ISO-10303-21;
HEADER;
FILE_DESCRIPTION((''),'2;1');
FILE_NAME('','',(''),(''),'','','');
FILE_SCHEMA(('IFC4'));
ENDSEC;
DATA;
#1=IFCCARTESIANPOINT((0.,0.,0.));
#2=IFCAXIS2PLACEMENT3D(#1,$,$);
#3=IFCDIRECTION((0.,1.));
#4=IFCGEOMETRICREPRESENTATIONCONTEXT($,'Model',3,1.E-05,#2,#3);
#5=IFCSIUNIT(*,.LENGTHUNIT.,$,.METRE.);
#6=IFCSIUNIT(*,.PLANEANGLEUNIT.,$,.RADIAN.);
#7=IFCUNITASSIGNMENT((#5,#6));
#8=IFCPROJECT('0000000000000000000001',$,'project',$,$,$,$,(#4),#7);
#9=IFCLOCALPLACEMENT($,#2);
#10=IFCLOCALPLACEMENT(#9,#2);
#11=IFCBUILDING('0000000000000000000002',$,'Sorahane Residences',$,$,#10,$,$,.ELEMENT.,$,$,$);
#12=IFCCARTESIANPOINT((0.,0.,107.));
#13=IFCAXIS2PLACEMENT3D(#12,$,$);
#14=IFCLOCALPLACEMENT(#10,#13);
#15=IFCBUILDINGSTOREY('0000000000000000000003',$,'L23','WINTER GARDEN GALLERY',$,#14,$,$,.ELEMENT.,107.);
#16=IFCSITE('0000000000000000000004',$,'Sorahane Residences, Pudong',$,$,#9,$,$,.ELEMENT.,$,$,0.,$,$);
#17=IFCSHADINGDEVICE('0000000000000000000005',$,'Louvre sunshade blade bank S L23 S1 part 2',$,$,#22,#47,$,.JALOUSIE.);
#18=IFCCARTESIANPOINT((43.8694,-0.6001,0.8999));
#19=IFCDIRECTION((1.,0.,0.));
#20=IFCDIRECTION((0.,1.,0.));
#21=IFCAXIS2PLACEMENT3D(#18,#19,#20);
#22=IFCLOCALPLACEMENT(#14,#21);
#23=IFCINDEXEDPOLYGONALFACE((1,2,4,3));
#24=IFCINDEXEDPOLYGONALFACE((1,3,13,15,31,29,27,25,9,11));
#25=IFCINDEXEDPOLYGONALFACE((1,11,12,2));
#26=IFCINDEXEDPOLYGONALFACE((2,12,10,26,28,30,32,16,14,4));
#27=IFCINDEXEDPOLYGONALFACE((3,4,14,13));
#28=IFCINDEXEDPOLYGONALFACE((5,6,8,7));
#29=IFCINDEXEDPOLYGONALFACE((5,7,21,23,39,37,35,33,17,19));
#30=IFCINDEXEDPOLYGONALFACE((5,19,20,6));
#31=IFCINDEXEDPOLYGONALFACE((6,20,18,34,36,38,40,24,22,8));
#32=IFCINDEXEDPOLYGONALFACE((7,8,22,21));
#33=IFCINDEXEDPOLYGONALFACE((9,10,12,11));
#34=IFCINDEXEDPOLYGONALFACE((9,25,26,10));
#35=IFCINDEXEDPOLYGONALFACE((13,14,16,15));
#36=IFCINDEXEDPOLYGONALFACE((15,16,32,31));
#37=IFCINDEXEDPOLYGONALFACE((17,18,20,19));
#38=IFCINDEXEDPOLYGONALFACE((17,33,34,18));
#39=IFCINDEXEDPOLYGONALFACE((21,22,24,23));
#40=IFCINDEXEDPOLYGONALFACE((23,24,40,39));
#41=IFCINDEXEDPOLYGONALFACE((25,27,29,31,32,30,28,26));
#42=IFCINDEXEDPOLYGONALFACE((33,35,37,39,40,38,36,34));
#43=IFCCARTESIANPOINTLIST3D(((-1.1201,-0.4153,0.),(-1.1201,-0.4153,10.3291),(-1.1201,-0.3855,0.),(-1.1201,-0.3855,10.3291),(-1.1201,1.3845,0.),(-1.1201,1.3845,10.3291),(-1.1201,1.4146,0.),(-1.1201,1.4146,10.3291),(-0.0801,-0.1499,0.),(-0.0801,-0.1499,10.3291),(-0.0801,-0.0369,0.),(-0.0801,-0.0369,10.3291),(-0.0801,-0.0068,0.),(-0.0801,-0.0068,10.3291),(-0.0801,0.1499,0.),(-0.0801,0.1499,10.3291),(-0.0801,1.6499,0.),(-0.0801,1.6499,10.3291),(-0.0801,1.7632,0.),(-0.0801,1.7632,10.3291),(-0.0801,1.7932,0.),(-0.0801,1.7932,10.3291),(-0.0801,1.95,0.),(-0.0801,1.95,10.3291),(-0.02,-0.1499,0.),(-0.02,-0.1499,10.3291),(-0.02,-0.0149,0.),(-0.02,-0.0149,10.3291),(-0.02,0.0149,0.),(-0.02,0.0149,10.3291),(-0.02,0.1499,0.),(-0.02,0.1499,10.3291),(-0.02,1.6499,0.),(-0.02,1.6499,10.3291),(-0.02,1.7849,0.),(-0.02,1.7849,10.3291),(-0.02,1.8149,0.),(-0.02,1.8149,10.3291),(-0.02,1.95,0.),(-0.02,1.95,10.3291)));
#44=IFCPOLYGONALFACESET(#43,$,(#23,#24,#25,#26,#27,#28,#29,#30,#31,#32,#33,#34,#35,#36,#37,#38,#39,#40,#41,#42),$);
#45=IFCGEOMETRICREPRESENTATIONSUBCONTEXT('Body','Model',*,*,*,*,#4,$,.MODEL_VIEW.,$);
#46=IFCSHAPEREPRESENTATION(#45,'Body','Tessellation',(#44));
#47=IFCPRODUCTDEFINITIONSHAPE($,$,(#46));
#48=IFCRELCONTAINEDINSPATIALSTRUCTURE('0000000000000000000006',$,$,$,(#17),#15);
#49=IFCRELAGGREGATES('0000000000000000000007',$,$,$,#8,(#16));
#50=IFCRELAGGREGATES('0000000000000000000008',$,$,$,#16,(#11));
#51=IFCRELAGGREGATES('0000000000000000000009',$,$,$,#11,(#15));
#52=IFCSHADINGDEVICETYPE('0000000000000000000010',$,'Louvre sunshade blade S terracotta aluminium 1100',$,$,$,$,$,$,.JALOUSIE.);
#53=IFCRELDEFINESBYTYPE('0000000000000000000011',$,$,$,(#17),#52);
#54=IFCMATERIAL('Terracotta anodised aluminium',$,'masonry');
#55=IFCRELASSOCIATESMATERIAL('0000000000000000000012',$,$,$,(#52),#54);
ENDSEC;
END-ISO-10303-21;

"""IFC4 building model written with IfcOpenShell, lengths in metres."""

from ifc_helpers import new_model, si_unit, direction, frame, origin, place, context, subcontext, project, spatial, polyline, outline, composite_profile, extrude, material, type_object, element, save


model = new_model("IFC4")

# Units and contexts
model_context = context("Model", 3, precision=1e-05, world=origin(), true_north=direction((0.0, 1.0)))
body_context = subcontext(model_context, "Body", "Model", "MODEL_VIEW")
ifc_project = project(units=[si_unit("LENGTHUNIT", "METRE"), si_unit("PLANEANGLEUNIT", "RADIAN")], contexts=[model_context])

# Site, building, storey
site_placement = place(None, origin())
site = spatial("IfcSite", under=ifc_project, at=site_placement, Name="Sorahane Residences, Pudong", CompositionType="ELEMENT", RefElevation=0.0)
building_placement = place(site_placement, origin())
building = spatial("IfcBuilding", under=site, at=building_placement, Name="Sorahane Residences", CompositionType="ELEMENT")
storey_placement = place(building_placement, frame((0.0, 0.0, 107.0)))
storey = spatial("IfcBuildingStorey", under=building, at=storey_placement, Name="L23", Description="WINTER GARDEN GALLERY", CompositionType="ELEMENT", Elevation=107.0)

# Shading device
ifc_material_1 = material(Name="Terracotta anodised aluminium", Category="masonry")
shading_device_type = type_object("IfcShadingDeviceType", Name="Louvre sunshade blade S terracotta aluminium 1100", PredefinedType="JALOUSIE", material=ifc_material_1)
shading_device_placement = place(storey_placement, frame((43.8694, -0.6001, 0.8999), z_axis=(1.0, 0.0, 0.0), x_axis=(0.0, 1.0, 0.0)))
element("IfcShadingDevice", 1, at=shading_device_placement, inside=storey, type_object=shading_device_type, Name="Louvre sunshade blade bank S L23 S1 part 2", PredefinedType="JALOUSIE", context=body_context, shape_type="SweptSolid", body=[
    extrude(composite_profile([outline(polyline([(-1.1201, -0.3855), (-1.1201, -0.4153), (-0.0801, -0.0369), (-0.0801, -0.1499), (-0.02, -0.1499), (-0.02, -0.0149), (-0.02, 0.0149), (-0.02, 0.1499), (-0.0801, 0.1499), (-0.0801, -0.0068), (-1.1201, -0.3855)])), outline(polyline([(-1.1201, 1.4146), (-1.1201, 1.3845), (-0.0801, 1.7632), (-0.0801, 1.6499), (-0.02, 1.6499), (-0.02, 1.7849), (-0.02, 1.8149), (-0.02, 1.95), (-0.0801, 1.95), (-0.0801, 1.7932), (-1.1201, 1.4146)]))]), origin(), (0.0, 0.0, 1.0), 10.3291),
])

save(model, "model.ifc")
